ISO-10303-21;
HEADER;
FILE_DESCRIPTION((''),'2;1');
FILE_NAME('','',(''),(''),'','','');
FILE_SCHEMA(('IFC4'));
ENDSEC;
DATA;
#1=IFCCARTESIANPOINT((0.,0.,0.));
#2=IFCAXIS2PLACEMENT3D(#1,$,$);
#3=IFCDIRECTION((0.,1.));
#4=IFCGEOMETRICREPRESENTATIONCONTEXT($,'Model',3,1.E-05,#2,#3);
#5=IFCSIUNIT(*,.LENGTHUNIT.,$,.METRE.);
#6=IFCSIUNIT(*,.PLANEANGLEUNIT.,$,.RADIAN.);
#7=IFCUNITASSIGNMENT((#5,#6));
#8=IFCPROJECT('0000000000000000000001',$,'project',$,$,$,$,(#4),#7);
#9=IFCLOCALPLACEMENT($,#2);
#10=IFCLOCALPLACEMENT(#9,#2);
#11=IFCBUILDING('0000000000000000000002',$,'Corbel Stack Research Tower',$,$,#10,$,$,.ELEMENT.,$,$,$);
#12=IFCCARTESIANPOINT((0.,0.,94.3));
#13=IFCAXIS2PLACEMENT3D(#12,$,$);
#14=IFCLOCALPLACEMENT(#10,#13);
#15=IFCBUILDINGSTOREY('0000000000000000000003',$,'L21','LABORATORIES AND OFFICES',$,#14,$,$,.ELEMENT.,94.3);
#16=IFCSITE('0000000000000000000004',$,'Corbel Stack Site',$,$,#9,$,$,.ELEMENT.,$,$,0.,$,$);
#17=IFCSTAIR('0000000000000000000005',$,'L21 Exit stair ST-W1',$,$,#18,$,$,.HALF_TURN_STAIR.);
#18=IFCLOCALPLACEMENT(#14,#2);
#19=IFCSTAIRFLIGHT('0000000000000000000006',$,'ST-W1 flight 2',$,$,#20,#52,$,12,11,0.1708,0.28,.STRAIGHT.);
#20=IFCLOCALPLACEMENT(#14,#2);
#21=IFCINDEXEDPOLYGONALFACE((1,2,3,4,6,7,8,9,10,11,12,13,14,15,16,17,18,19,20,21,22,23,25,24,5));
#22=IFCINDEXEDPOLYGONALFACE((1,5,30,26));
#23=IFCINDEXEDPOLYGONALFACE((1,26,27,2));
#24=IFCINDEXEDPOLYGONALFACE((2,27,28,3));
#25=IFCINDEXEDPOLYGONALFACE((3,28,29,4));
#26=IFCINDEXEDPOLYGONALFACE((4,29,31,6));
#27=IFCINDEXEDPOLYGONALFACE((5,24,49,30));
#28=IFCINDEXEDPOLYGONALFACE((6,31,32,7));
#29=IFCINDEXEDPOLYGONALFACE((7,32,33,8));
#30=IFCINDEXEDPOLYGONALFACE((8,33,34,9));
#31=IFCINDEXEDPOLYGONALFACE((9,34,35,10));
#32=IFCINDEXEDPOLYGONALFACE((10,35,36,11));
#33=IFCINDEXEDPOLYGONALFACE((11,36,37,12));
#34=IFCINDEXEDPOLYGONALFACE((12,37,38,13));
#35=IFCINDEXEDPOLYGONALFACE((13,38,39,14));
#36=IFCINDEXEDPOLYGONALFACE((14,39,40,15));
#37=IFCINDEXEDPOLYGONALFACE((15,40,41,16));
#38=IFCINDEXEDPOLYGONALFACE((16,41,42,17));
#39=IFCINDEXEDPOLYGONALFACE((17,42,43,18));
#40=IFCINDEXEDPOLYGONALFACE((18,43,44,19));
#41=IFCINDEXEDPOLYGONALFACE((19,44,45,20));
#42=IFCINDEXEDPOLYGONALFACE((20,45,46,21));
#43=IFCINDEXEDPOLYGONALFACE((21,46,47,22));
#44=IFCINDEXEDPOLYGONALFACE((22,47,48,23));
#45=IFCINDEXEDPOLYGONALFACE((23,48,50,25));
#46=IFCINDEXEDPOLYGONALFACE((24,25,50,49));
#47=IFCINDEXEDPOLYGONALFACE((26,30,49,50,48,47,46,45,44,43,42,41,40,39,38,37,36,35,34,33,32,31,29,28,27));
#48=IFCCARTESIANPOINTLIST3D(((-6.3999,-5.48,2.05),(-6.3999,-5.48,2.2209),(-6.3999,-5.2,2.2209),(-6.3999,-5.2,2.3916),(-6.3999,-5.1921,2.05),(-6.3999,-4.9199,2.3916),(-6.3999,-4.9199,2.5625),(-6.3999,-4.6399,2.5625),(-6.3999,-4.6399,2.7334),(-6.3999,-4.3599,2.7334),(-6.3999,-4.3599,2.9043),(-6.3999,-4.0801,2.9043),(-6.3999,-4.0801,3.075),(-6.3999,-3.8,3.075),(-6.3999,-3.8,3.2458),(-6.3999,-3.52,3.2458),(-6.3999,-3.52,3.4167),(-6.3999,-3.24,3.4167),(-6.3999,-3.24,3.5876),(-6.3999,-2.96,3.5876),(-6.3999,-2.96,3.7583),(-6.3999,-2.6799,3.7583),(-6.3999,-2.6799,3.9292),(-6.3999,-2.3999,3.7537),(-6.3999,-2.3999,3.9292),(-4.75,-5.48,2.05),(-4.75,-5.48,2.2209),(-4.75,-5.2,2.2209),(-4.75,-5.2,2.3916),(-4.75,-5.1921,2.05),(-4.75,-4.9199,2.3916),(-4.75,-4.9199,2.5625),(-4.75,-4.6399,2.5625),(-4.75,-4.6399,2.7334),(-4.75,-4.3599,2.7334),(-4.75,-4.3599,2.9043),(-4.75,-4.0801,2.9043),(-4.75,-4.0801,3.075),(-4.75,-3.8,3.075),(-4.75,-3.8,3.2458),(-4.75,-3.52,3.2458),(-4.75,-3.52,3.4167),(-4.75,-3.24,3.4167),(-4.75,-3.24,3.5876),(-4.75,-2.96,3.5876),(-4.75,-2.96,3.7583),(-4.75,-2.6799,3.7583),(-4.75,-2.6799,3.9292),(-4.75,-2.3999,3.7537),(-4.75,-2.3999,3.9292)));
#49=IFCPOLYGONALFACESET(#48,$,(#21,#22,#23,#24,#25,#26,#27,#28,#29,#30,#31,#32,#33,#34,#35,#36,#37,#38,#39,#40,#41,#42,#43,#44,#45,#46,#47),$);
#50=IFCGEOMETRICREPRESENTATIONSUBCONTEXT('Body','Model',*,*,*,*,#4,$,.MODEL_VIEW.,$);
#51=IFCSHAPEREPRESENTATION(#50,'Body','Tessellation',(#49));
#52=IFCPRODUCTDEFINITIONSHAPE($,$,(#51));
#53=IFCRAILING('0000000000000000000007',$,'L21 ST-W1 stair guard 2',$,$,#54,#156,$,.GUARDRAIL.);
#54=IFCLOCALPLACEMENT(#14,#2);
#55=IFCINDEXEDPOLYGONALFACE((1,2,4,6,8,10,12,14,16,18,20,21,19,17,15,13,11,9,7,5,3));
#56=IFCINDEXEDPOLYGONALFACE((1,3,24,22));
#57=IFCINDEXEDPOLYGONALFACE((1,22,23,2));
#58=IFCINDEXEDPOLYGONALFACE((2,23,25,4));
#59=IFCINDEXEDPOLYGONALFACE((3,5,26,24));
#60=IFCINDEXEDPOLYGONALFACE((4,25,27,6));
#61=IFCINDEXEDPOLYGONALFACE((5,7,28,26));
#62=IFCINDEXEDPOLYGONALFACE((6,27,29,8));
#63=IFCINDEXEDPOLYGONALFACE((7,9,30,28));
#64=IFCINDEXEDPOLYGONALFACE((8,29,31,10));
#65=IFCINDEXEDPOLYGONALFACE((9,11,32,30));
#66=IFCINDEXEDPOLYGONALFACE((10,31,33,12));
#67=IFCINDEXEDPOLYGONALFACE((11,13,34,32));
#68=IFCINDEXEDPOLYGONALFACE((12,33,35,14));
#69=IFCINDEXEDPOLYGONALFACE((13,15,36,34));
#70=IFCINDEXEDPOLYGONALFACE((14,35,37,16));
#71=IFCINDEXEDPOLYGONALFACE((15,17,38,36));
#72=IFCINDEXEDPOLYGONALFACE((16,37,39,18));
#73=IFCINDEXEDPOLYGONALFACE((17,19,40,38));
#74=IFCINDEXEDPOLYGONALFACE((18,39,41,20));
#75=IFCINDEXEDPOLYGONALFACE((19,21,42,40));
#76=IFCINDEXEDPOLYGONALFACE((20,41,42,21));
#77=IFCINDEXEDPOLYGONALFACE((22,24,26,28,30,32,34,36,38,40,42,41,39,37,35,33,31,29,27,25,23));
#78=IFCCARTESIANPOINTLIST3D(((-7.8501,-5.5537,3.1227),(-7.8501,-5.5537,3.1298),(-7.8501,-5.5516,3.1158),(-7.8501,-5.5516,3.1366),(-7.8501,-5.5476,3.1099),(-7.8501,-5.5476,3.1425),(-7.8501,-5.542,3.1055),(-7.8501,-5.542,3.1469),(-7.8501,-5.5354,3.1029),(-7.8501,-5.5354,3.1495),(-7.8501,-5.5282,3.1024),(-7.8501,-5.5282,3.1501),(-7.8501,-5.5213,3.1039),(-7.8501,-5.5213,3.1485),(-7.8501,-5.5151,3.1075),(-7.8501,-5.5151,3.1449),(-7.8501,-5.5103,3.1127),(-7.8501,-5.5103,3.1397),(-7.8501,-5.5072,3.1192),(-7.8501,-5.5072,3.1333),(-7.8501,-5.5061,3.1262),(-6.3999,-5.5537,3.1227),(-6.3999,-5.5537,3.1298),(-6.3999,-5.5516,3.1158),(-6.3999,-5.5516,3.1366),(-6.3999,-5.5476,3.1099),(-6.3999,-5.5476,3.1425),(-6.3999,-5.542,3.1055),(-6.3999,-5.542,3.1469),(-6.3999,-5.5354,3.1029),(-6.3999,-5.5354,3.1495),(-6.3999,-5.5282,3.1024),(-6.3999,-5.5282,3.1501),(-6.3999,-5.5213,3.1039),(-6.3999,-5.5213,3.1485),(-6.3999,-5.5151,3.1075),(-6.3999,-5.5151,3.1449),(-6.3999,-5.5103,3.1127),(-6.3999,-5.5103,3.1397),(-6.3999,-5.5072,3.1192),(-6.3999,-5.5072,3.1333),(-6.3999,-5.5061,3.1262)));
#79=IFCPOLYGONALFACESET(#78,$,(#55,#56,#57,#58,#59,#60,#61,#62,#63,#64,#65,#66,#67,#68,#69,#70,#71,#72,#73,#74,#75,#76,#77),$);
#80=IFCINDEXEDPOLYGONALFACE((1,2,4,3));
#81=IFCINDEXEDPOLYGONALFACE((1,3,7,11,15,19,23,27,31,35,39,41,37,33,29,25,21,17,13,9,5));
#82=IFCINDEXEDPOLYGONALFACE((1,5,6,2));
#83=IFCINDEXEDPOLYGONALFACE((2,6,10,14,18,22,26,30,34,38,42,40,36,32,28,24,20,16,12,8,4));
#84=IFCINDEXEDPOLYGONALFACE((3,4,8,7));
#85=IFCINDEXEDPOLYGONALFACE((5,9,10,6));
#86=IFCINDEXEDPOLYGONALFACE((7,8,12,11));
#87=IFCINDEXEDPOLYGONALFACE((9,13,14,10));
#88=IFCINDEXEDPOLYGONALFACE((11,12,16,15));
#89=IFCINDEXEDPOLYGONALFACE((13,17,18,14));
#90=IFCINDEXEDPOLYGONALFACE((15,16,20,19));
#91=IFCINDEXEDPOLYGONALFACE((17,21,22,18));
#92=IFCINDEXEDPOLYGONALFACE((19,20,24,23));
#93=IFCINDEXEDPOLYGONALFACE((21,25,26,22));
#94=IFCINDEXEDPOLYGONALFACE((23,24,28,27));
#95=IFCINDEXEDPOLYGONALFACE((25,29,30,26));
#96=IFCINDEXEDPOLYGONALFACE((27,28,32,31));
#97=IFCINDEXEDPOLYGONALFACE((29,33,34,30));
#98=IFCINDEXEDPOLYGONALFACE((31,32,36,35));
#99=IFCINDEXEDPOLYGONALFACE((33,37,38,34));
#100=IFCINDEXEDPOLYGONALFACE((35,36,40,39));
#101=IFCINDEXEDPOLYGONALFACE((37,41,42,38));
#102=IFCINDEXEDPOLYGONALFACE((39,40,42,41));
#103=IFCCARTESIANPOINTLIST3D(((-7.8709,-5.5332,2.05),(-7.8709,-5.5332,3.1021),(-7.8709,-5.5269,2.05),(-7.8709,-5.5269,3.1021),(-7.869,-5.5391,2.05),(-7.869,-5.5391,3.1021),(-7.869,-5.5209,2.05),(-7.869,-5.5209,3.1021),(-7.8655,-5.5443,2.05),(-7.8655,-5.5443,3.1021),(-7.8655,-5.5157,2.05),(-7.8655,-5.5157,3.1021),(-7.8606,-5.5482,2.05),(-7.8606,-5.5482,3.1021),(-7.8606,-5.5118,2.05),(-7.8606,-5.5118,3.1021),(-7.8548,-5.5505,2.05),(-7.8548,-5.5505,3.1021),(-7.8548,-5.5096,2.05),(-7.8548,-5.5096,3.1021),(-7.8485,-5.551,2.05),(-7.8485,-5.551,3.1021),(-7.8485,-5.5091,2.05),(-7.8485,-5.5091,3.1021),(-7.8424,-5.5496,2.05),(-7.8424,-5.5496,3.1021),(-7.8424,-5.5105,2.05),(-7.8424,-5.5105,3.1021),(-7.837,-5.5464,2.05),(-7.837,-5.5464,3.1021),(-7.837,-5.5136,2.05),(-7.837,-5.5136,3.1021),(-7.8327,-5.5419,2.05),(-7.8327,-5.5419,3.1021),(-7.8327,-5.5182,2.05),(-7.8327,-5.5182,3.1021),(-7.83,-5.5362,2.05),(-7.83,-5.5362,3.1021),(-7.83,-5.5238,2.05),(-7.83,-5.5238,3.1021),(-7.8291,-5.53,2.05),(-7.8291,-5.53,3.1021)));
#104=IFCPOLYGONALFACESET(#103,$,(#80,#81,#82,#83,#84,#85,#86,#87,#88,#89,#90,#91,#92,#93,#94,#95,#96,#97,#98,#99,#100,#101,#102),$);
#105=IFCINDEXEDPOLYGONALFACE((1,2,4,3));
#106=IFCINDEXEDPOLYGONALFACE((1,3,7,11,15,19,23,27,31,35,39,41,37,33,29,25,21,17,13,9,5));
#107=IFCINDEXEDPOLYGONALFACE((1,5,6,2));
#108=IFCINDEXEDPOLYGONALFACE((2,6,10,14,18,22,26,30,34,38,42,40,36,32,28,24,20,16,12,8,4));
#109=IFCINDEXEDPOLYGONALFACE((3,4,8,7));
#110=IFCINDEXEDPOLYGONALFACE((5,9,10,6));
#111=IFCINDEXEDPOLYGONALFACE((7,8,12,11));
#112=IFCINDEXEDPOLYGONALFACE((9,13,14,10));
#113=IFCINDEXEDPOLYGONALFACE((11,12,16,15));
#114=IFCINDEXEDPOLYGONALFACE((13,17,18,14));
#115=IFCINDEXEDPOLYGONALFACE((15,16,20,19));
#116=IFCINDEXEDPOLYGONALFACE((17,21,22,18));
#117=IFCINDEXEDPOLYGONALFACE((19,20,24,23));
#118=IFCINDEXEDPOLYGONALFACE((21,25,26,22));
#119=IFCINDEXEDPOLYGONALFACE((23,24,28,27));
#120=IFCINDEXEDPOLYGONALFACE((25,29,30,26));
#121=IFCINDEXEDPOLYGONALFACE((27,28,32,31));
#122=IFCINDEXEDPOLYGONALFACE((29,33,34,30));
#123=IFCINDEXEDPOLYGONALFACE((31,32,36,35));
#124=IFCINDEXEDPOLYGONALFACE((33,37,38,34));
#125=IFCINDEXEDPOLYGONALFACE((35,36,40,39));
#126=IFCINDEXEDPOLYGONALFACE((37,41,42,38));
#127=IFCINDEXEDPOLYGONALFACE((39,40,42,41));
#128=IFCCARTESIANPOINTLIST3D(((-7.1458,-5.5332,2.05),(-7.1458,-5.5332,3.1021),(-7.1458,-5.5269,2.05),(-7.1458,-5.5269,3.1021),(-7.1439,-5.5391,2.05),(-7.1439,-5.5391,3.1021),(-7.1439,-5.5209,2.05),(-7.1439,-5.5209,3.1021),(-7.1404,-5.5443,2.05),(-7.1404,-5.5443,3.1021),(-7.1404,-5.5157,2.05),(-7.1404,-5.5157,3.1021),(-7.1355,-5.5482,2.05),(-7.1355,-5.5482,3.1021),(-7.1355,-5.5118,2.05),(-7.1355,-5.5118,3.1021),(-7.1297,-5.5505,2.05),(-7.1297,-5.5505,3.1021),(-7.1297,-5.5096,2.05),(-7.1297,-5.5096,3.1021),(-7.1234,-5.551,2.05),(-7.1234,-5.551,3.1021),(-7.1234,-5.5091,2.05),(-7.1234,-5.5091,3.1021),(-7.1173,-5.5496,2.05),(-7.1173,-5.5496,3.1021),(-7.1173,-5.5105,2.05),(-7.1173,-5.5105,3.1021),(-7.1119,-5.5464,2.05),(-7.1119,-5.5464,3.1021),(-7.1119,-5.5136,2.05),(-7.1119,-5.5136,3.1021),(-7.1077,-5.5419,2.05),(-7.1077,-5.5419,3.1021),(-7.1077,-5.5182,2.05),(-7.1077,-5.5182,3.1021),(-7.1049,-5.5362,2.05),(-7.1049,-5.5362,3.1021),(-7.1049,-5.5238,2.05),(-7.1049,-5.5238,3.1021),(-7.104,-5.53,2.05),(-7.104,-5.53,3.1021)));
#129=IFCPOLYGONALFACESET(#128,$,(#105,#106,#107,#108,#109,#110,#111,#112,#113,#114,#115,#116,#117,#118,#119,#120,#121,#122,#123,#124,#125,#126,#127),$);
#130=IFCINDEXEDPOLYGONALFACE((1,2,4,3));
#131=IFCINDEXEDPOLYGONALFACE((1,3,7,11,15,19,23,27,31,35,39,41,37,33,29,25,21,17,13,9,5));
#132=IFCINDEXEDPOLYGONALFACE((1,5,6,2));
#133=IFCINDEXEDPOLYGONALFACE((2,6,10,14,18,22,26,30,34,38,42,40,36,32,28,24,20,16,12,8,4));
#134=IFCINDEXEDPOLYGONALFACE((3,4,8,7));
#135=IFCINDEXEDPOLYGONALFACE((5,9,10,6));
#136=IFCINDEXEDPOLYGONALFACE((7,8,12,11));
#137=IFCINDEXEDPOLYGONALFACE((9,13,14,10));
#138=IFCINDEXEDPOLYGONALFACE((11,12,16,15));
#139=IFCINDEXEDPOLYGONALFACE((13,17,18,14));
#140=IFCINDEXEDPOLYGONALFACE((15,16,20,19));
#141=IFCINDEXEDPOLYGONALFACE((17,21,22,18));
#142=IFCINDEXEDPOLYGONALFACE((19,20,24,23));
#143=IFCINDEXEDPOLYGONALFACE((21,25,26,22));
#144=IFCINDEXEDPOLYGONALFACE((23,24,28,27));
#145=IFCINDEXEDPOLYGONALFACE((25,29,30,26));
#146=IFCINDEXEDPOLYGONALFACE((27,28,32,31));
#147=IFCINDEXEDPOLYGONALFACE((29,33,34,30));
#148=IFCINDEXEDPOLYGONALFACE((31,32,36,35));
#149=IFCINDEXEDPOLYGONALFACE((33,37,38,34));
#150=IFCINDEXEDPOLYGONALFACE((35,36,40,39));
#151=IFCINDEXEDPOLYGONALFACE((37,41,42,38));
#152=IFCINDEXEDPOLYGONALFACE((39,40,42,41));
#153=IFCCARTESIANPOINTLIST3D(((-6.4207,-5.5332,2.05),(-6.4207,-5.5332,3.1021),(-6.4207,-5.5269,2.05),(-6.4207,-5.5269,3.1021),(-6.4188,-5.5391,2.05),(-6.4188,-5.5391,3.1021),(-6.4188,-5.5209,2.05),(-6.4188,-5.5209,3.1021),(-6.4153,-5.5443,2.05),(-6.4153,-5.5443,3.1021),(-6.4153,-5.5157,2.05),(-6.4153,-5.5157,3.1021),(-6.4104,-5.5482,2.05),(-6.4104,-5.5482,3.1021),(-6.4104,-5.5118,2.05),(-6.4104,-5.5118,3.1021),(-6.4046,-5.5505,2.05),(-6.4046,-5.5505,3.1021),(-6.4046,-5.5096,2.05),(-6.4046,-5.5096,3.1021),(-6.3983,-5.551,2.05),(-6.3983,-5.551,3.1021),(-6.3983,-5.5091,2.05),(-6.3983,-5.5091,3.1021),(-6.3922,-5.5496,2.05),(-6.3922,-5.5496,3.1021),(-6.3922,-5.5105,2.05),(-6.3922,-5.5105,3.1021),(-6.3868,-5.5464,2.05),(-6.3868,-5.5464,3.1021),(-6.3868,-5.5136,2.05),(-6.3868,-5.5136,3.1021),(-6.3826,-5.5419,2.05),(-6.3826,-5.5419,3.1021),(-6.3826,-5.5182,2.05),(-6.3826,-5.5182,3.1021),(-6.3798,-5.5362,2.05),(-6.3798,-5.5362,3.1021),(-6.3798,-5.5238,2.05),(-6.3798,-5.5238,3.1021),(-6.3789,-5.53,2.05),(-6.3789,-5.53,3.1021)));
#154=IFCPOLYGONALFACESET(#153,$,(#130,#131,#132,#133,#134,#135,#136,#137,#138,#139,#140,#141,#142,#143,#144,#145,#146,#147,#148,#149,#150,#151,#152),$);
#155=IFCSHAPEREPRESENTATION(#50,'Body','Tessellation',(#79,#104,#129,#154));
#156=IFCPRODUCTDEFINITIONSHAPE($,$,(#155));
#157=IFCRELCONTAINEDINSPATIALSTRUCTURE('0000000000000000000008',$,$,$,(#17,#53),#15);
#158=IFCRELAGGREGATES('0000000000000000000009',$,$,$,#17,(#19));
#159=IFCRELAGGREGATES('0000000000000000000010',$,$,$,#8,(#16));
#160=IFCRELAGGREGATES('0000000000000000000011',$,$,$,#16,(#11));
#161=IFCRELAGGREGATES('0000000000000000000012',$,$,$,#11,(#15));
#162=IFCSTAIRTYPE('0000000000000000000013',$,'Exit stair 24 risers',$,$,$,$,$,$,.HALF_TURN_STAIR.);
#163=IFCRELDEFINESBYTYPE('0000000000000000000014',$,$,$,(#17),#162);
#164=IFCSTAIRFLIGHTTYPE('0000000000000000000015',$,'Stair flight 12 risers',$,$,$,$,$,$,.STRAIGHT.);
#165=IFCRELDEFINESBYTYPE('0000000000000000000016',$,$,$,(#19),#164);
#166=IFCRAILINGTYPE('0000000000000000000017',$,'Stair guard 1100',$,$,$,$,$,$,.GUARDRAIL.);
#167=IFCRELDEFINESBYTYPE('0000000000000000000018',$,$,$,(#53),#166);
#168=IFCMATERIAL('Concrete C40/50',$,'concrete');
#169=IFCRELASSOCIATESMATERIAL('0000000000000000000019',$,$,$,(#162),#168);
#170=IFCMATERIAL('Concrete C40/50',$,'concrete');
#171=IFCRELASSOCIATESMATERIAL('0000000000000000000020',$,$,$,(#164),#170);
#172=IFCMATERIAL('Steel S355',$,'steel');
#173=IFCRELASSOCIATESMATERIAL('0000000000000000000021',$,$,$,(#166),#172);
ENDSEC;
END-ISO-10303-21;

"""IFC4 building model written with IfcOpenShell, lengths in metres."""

from ifc_helpers import new_model, si_unit, direction, frame, origin, origin_2d, place, context, subcontext, project, spatial, polyline, circle, outline, extrude, material, type_object, element, aggregate, save


model = new_model("IFC4")

# Units and contexts
model_context = context("Model", 3, precision=1e-05, world=origin(), true_north=direction((0.0, 1.0)))
body_context = subcontext(model_context, "Body", "Model", "MODEL_VIEW")
ifc_project = project(units=[si_unit("LENGTHUNIT", "METRE"), si_unit("PLANEANGLEUNIT", "RADIAN")], contexts=[model_context])

# Site, building, storey
site_placement = place(None, origin())
site = spatial("IfcSite", under=ifc_project, at=site_placement, Name="Corbel Stack Site", CompositionType="ELEMENT", RefElevation=0.0)
building_placement = place(site_placement, origin())
building = spatial("IfcBuilding", under=site, at=building_placement, Name="Corbel Stack Research Tower", CompositionType="ELEMENT")
storey_placement = place(building_placement, frame((0.0, 0.0, 94.3)))
storey = spatial("IfcBuildingStorey", under=building, at=storey_placement, Name="L21", Description="LABORATORIES AND OFFICES", CompositionType="ELEMENT", Elevation=94.3)

# Stair, stair flight
ifc_material_1 = material(Name="Concrete C40/50", Category="concrete")
stair_type = type_object("IfcStairType", Name="Exit stair 24 risers", PredefinedType="HALF_TURN_STAIR", material=ifc_material_1)
stair_placement = place(storey_placement, origin())
stair = element("IfcStair", 1, at=stair_placement, inside=storey, type_object=stair_type, Name="L21 Exit stair ST-W1", PredefinedType="HALF_TURN_STAIR")
ifc_material_2 = material(Name="Concrete C40/50", Category="concrete")
stair_flight_type = type_object("IfcStairFlightType", Name="Stair flight 12 risers", PredefinedType="STRAIGHT", material=ifc_material_2)
stair_flight_placement = place(storey_placement, frame((-5.575, -5.48, 2.05), z_axis=(0.0, 0.0, 1.0), x_axis=(0.0, 1.0, 0.0)))
stair_flight = element("IfcStairFlight", 2, at=stair_flight_placement, type_object=stair_flight_type, Name="ST-W1 flight 2", NumberOfRisers=12, NumberOfTreads=11, PredefinedType="STRAIGHT", RiserHeight=0.1708, TreadLength=0.28, context=body_context, shape_type="SweptSolid", body=[
    extrude(outline(polyline([(0.0, 0.0), (0.0, 0.1709), (0.28, 0.1709), (0.28, 0.3416), (0.5601, 0.3416), (0.5601, 0.5125), (0.8401, 0.5125), (0.8401, 0.6833), (1.1201, 0.6833), (1.1201, 0.8542), (1.3999, 0.8542), (1.3999, 1.0249), (1.6799, 1.0249), (1.6799, 1.1958), (1.96, 1.1958), (1.96, 1.3667), (2.24, 1.3667), (2.24, 1.5376), (2.52, 1.5376), (2.52, 1.7083), (2.8, 1.7083), (2.8, 1.8792), (3.0801, 1.8792), (3.0801, 2.05), (3.0801, 1.7036), (0.2878, 0.0), (0.0, 0.0)])), frame((0.0, 0.825, 0.0), z_axis=(0.0, -1.0, 0.0), x_axis=(1.0, 0.0, 0.0)), (0.0, 0.0, 1.0), 1.6499),
])
aggregate(stair, [stair_flight])

# Railing
ifc_material_3 = material(Name="Steel S355", Category="steel")
railing_type_1 = type_object("IfcRailingType", Name="Stair guard 1100", PredefinedType="GUARDRAIL", material=ifc_material_3)
railing_1_placement = place(storey_placement, frame((-7.8501, -5.53, 2.05)))
element("IfcRailing", 3, at=railing_1_placement, inside=storey, type_object=railing_type_1, Name="L21 ST-W1 stair guard 2", PredefinedType="GUARDRAIL", context=body_context, shape_type="SweptSolid", body=[
    extrude(circle(Radius=0.0239, at=origin_2d()), frame((0.0, 0.0, 1.0762), z_axis=(1.0, 0.0, 0.0), x_axis=(0.0, 1.0, 0.0)), (0.0, 0.0, 1.0), 1.4502),
    extrude(circle(Radius=0.021, at=origin_2d()), origin(), (0.0, 0.0, 1.0), 1.052),
    extrude(circle(Radius=0.021, at=origin_2d()), frame((0.7251, 0.0, 0.0)), (0.0, 0.0, 1.0), 1.052),
    extrude(circle(Radius=0.021, at=origin_2d()), frame((1.4502, 0.0, 0.0)), (0.0, 0.0, 1.0), 1.052),
])

save(model, "model.ifc")
